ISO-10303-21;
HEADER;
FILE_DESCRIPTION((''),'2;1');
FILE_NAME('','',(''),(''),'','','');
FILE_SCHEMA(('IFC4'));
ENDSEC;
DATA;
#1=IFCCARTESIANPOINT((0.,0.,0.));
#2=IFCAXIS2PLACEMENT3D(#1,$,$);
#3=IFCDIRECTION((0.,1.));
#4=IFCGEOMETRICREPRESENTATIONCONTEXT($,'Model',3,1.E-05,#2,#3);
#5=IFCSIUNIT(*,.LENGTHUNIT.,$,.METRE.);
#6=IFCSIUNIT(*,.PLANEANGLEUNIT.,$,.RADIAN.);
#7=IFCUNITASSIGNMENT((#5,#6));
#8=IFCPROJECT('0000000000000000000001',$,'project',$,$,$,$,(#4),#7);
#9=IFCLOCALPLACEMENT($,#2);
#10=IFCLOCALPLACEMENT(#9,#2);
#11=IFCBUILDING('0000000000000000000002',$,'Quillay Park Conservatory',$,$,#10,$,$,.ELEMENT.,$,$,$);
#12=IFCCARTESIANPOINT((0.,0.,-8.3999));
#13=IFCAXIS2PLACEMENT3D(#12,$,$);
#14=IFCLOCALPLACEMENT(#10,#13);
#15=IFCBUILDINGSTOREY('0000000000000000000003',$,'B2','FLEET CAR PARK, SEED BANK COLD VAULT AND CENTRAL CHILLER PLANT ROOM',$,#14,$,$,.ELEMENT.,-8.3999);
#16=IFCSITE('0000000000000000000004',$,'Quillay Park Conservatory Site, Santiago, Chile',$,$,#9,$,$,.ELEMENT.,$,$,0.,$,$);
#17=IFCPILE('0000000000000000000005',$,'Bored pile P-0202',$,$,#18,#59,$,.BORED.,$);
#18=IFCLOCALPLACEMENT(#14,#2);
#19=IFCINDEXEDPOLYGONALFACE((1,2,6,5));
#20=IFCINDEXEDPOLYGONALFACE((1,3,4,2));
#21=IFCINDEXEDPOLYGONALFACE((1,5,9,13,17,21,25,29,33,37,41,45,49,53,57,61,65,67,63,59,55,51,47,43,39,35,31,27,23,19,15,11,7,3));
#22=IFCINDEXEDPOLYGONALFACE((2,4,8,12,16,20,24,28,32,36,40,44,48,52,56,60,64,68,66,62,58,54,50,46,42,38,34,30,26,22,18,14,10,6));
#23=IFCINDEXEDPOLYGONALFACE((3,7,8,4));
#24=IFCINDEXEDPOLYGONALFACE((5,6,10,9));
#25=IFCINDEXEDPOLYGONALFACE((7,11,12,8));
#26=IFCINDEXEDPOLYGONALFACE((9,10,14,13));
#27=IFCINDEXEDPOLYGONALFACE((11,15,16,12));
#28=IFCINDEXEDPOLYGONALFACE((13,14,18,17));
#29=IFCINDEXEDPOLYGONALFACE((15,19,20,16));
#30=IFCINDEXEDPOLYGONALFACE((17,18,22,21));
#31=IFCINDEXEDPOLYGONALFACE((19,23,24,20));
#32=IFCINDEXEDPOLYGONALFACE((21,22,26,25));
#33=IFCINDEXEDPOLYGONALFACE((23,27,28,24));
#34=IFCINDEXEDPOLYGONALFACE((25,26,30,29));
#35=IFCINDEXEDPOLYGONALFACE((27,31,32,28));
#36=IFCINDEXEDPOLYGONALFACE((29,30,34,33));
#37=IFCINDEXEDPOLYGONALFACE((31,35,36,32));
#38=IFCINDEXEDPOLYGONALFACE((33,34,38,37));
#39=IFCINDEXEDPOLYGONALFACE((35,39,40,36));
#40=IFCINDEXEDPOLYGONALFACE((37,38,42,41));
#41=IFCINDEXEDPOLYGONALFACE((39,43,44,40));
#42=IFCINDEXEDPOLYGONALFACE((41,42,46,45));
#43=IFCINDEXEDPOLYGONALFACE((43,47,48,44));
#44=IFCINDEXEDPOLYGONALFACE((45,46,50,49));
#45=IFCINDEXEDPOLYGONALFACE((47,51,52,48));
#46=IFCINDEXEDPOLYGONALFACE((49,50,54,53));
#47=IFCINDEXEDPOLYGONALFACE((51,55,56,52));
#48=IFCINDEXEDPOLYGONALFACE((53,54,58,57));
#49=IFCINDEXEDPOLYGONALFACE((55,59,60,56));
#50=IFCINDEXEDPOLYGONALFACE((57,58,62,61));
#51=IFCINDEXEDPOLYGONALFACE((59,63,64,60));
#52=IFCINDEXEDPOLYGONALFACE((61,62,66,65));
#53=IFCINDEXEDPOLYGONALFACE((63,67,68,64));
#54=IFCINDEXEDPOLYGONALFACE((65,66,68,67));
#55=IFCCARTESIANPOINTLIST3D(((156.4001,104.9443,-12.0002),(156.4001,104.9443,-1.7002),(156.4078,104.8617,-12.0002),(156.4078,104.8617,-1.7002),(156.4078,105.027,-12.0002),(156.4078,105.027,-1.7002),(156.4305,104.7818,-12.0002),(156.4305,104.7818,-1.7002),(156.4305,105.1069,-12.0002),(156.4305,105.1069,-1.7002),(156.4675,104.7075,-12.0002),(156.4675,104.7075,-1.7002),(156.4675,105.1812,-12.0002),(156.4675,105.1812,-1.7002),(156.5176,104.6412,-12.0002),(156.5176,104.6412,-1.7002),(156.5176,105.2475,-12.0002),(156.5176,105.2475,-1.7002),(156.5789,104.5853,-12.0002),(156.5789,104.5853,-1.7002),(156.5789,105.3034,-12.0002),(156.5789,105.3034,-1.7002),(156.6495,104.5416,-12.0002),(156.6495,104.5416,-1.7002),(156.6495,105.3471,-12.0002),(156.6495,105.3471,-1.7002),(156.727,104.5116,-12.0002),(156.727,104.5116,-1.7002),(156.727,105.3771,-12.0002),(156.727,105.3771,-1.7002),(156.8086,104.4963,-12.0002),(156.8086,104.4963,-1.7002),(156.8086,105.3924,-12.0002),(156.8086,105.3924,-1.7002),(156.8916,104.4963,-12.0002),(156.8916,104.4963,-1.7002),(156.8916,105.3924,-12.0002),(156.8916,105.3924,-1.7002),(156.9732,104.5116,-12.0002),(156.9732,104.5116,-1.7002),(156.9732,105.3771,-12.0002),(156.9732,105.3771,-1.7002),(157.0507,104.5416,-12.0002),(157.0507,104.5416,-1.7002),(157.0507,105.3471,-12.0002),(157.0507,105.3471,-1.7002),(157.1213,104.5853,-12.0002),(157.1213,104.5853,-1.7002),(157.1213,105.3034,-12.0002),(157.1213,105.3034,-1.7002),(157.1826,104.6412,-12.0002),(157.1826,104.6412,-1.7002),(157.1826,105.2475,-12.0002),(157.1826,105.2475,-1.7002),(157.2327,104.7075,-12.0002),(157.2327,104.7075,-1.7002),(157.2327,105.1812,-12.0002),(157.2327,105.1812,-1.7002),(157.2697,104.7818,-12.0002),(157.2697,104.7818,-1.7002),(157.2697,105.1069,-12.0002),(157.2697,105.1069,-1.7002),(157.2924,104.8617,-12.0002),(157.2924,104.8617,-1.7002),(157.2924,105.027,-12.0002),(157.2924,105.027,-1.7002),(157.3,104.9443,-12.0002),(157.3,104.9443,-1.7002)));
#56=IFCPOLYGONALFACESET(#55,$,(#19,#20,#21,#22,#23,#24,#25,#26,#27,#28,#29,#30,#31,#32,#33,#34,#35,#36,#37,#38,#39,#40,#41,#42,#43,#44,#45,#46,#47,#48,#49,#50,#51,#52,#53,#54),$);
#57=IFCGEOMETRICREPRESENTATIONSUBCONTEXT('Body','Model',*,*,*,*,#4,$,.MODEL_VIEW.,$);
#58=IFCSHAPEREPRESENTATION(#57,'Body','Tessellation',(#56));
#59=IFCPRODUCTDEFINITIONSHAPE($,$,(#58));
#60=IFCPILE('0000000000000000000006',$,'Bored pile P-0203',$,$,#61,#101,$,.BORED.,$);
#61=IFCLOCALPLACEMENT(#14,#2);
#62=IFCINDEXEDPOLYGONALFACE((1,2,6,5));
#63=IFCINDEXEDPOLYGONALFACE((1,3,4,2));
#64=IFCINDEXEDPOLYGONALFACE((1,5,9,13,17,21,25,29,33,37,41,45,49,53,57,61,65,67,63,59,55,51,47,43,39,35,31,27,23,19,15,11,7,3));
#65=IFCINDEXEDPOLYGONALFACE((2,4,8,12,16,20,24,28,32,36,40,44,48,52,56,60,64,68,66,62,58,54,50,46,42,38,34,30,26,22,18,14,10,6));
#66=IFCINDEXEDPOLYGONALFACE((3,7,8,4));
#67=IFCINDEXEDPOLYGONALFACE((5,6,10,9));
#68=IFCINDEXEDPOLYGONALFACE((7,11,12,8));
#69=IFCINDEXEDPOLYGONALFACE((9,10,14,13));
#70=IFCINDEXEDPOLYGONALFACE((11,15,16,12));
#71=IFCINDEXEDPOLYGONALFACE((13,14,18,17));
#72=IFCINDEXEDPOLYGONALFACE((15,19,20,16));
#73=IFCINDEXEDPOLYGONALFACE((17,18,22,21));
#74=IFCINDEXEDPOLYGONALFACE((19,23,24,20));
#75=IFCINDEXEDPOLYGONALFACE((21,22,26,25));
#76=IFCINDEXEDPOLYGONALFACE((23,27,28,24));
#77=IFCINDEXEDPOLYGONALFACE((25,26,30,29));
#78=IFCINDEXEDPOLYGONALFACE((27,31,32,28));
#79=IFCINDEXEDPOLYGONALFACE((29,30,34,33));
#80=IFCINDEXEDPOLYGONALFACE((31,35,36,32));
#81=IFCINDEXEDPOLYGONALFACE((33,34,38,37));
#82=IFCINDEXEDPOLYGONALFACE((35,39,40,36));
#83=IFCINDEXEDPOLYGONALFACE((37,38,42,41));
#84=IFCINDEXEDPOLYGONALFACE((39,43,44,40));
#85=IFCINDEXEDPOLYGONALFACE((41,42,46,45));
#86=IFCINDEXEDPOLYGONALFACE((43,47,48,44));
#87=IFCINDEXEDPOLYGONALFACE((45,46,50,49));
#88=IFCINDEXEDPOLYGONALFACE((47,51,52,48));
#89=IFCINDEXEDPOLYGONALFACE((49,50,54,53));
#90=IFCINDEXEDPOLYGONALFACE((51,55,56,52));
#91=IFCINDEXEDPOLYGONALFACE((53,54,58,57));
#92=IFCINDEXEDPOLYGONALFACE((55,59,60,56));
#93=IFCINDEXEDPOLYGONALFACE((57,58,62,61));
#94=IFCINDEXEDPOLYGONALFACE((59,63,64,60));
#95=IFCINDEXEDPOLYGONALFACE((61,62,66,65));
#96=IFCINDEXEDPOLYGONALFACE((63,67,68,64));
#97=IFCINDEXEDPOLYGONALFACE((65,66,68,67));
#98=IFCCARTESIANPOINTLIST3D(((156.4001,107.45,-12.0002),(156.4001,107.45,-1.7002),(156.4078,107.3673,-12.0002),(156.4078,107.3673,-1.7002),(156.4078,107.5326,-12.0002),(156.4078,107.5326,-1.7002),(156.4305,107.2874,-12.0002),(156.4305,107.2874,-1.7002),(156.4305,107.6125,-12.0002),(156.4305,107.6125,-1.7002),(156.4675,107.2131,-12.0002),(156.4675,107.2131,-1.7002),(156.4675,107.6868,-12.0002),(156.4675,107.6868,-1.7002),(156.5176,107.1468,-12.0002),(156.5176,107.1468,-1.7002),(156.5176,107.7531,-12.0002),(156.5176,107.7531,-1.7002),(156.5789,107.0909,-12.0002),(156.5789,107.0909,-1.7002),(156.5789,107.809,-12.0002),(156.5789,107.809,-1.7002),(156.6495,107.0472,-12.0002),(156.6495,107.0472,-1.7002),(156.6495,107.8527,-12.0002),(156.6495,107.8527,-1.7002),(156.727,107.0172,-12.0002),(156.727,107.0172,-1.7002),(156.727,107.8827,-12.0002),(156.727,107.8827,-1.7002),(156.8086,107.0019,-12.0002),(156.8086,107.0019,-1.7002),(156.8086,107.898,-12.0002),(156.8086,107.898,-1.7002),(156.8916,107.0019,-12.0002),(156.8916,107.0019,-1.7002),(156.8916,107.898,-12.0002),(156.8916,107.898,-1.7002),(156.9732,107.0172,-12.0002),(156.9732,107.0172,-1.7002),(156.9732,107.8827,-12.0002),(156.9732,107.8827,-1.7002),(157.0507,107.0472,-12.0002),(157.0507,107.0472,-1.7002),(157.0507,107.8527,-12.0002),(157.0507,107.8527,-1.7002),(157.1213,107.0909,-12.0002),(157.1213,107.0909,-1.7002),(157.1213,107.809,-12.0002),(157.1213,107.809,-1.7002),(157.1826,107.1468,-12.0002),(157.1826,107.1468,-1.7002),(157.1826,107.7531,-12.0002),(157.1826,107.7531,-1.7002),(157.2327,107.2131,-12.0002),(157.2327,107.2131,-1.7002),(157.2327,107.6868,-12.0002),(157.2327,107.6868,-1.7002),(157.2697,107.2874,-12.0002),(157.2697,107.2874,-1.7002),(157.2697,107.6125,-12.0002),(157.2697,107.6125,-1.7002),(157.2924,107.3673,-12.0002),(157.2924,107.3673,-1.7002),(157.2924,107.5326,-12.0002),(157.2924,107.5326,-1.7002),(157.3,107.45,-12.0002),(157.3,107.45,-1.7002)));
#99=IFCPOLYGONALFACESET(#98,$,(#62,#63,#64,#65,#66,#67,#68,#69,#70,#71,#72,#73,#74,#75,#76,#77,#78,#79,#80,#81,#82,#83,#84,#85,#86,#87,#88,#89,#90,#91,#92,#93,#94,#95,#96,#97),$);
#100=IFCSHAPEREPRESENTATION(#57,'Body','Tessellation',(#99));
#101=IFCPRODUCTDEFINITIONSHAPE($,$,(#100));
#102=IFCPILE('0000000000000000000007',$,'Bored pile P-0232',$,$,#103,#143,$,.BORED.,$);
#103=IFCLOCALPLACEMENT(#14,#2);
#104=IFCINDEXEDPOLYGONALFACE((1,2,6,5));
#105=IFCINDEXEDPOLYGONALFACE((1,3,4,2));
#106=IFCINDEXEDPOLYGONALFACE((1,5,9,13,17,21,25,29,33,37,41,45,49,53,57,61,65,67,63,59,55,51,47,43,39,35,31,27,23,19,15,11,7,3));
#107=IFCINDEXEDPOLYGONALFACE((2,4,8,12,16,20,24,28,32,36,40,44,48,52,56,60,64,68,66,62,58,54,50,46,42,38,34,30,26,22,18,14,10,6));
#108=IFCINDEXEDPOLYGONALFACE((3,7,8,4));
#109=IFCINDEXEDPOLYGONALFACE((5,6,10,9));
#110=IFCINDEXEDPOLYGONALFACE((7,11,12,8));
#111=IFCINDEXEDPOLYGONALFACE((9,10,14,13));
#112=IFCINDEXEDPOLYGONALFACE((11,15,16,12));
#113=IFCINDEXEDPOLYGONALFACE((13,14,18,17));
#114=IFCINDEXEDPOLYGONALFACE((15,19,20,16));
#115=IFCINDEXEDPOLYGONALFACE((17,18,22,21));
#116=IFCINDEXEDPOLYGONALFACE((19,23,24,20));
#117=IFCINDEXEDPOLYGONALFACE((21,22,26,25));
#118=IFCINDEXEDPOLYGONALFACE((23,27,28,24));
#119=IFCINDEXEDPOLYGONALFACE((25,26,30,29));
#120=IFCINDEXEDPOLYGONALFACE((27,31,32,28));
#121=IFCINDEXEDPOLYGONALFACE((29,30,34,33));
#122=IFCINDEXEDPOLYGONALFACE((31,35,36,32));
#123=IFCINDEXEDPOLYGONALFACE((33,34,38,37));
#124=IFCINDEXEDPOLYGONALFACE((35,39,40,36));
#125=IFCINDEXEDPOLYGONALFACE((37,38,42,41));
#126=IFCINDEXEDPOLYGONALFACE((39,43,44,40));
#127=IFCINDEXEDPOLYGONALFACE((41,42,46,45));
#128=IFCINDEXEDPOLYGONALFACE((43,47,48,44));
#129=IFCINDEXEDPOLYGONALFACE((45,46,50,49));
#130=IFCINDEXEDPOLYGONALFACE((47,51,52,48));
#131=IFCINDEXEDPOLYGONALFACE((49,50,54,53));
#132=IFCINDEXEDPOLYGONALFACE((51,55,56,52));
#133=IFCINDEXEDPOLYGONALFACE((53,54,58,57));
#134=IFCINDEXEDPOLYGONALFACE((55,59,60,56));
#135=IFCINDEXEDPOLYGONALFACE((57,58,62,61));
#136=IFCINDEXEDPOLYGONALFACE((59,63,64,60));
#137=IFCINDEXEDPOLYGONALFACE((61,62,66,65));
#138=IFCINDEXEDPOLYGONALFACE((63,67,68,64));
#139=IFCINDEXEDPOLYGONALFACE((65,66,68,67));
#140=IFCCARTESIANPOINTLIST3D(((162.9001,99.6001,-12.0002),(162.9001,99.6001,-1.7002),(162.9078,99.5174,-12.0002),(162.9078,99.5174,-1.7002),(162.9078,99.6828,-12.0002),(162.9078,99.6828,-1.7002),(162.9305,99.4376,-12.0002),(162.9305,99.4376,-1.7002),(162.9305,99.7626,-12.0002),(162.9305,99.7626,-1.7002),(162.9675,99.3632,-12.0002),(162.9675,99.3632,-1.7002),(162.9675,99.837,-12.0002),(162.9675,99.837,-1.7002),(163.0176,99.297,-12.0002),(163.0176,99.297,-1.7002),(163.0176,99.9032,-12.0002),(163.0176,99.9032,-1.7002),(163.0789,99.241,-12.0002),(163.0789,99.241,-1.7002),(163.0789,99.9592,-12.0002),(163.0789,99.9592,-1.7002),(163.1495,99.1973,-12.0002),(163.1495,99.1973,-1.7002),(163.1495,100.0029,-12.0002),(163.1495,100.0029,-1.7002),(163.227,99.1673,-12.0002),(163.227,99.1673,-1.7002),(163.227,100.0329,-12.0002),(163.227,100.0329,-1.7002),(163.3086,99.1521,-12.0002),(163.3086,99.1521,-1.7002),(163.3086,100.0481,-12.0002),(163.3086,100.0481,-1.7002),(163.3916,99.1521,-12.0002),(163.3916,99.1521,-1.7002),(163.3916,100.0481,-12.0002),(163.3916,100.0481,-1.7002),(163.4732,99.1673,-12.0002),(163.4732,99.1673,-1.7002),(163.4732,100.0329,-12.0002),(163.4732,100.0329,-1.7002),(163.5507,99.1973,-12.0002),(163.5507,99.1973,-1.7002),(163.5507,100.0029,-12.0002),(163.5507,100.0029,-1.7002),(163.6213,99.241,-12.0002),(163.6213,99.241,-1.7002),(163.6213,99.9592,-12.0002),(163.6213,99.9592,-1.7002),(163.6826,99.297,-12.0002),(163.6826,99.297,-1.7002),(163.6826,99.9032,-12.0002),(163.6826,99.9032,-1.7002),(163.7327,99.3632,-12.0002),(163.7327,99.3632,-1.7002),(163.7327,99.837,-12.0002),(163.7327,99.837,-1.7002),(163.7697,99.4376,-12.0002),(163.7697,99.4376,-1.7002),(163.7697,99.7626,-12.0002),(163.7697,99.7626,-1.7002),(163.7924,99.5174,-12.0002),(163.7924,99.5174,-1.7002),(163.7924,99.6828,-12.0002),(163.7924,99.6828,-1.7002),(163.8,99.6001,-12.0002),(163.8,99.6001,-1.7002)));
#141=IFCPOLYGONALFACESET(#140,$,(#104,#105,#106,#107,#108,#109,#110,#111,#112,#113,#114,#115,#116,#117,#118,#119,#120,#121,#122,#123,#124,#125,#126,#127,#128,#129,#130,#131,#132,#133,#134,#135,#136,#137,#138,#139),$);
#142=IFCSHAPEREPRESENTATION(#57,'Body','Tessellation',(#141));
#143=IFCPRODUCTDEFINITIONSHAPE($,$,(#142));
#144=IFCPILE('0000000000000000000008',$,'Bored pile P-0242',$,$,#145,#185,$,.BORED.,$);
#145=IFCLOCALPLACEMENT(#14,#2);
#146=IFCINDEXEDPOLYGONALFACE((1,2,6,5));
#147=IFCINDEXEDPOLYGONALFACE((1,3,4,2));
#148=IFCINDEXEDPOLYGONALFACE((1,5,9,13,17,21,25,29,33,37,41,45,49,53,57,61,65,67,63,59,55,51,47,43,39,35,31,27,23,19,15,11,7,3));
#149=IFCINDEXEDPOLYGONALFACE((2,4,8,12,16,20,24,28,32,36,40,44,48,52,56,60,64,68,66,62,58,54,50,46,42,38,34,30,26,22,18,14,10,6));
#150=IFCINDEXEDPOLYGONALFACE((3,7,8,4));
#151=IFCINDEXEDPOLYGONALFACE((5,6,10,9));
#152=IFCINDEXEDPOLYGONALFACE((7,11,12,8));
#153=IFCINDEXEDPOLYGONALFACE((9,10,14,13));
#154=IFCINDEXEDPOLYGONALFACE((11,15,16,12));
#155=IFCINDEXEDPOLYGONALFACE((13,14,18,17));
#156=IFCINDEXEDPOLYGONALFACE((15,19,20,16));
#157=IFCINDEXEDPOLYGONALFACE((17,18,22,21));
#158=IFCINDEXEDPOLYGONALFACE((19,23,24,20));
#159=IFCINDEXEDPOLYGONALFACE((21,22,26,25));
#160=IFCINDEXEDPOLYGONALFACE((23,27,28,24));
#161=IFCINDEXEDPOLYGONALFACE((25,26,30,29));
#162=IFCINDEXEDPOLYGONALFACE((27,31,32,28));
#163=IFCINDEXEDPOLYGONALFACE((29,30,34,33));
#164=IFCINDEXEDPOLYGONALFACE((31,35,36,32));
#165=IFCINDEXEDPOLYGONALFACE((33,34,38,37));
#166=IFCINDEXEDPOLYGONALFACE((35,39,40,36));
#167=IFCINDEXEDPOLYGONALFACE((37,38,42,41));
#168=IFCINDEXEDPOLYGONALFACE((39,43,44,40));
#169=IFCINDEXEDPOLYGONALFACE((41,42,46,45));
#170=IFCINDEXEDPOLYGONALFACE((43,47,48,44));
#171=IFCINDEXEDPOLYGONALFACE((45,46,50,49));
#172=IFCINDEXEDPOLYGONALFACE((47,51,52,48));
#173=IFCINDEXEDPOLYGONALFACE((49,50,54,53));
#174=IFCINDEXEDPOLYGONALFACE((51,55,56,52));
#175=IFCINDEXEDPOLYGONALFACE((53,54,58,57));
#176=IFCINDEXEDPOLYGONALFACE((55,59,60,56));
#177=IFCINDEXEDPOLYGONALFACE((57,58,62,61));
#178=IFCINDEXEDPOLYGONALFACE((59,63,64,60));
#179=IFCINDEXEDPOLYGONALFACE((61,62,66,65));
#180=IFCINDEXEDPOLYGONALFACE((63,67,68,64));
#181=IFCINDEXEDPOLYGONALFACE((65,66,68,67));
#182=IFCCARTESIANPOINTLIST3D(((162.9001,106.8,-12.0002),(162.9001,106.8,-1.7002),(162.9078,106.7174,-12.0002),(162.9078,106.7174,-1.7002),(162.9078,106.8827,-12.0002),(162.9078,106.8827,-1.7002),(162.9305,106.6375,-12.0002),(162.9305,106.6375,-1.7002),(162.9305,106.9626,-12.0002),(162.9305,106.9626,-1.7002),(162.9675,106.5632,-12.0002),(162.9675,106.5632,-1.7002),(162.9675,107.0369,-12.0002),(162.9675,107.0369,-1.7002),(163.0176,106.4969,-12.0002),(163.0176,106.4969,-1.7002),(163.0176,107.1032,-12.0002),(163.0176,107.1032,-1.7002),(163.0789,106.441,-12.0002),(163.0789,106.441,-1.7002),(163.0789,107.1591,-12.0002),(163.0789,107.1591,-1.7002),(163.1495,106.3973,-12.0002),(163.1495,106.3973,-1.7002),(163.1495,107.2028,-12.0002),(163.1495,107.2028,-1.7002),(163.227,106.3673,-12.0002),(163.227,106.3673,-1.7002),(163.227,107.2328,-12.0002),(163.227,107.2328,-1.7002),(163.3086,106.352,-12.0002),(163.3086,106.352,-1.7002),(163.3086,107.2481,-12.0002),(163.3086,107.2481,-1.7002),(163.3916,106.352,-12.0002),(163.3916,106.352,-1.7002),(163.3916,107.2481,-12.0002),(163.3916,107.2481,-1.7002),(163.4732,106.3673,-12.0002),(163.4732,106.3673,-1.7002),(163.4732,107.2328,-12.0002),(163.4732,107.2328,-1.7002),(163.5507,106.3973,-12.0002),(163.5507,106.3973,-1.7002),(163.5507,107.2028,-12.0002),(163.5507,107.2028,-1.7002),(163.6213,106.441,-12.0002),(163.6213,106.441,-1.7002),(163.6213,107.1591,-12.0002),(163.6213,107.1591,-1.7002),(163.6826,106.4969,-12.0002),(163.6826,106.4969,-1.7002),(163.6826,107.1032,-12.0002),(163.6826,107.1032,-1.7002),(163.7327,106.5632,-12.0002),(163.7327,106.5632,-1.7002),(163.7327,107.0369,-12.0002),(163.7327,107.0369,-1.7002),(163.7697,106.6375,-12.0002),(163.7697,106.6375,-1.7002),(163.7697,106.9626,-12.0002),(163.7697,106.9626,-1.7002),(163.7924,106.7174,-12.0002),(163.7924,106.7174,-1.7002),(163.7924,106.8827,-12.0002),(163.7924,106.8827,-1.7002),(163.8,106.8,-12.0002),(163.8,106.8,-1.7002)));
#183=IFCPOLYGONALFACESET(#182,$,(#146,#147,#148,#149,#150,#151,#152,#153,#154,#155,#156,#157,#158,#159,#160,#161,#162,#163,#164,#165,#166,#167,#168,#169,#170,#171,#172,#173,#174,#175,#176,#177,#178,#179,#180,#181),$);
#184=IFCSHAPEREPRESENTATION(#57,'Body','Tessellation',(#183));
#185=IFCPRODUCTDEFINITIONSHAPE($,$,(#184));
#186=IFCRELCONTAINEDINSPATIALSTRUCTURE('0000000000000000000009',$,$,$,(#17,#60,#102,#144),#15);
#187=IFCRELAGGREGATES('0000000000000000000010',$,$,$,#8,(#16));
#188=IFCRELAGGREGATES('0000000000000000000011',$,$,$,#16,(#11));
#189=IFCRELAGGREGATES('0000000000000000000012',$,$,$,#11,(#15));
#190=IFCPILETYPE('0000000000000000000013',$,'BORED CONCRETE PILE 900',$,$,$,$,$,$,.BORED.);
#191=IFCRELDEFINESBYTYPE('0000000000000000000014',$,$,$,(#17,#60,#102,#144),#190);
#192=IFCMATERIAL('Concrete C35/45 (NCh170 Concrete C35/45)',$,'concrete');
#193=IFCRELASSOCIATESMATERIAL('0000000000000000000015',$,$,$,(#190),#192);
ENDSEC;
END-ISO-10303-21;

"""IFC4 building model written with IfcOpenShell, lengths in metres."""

from ifc_helpers import new_model, si_unit, direction, frame, origin, origin_2d, place, context, subcontext, project, spatial, circle, extrude, material, material_profile, profile_set, type_object, element, save


model = new_model("IFC4")

# Units and contexts
model_context = context("Model", 3, precision=1e-05, world=origin(), true_north=direction((0.0, 1.0)))
body_context = subcontext(model_context, "Body", "Model", "MODEL_VIEW")
ifc_project = project(units=[si_unit("LENGTHUNIT", "METRE"), si_unit("PLANEANGLEUNIT", "RADIAN")], contexts=[model_context])

# Site, building, storey
site_placement = place(None, origin())
site = spatial("IfcSite", under=ifc_project, at=site_placement, Name="Quillay Park Conservatory Site, Santiago, Chile", CompositionType="ELEMENT", RefElevation=0.0)
building_placement = place(site_placement, origin())
building = spatial("IfcBuilding", under=site, at=building_placement, Name="Quillay Park Conservatory", CompositionType="ELEMENT")
storey_placement = place(building_placement, frame((0.0, 0.0, -8.3999)))
storey = spatial("IfcBuildingStorey", under=building, at=storey_placement, Name="B2", Description="FLEET CAR PARK, SEED BANK COLD VAULT AND CENTRAL CHILLER PLANT ROOM", CompositionType="ELEMENT", Elevation=-8.3999)

# Piles
ifc_material_1 = material(Name="Concrete C35/45 (NCh170 Concrete C35/45)", Category="concrete")
ifc_material_profile_1 = material_profile(ifc_material_1, circle(Radius=0.45, at=origin_2d()), Name="PILE900")
ifc_profile_set_1 = profile_set([ifc_material_profile_1], Name="Concrete C35/45 (NCh170 Concrete C35/45)")
pile_type = type_object("IfcPileType", Name="BORED CONCRETE PILE 900", PredefinedType="BORED", material=ifc_profile_set_1)
for number, where, z_axis, x_axis, name in (
    (1, (156.8501, 104.9443, -1.7002), (0.0, 0.0, -1.0), (1.0, 0.0, 0.0), "Bored pile P-0202"),
    (2, (156.8501, 107.45, -1.7002), (0.0, 0.0, -1.0), (1.0, 0.0, 0.0), "Bored pile P-0203"),
    (3, (163.3501, 99.6001, -1.7002), (0.0, 0.0, -1.0), (1.0, 0.0, 0.0), "Bored pile P-0232"),
    (4, (163.3501, 106.8, -1.7002), (0.0, 0.0, -1.0), (1.0, 0.0, 0.0), "Bored pile P-0242"),
):
    element("IfcPile", number, at=place(storey_placement, frame(where, z_axis=z_axis, x_axis=x_axis)), inside=storey, type_object=pile_type, Name=name, PredefinedType="BORED", context=body_context, shape_type="SweptSolid", body=[
        extrude(circle(Radius=0.45, at=origin_2d()), origin(), (0.0, 0.0, 1.0), 10.3),
    ])

save(model, "model.ifc")
